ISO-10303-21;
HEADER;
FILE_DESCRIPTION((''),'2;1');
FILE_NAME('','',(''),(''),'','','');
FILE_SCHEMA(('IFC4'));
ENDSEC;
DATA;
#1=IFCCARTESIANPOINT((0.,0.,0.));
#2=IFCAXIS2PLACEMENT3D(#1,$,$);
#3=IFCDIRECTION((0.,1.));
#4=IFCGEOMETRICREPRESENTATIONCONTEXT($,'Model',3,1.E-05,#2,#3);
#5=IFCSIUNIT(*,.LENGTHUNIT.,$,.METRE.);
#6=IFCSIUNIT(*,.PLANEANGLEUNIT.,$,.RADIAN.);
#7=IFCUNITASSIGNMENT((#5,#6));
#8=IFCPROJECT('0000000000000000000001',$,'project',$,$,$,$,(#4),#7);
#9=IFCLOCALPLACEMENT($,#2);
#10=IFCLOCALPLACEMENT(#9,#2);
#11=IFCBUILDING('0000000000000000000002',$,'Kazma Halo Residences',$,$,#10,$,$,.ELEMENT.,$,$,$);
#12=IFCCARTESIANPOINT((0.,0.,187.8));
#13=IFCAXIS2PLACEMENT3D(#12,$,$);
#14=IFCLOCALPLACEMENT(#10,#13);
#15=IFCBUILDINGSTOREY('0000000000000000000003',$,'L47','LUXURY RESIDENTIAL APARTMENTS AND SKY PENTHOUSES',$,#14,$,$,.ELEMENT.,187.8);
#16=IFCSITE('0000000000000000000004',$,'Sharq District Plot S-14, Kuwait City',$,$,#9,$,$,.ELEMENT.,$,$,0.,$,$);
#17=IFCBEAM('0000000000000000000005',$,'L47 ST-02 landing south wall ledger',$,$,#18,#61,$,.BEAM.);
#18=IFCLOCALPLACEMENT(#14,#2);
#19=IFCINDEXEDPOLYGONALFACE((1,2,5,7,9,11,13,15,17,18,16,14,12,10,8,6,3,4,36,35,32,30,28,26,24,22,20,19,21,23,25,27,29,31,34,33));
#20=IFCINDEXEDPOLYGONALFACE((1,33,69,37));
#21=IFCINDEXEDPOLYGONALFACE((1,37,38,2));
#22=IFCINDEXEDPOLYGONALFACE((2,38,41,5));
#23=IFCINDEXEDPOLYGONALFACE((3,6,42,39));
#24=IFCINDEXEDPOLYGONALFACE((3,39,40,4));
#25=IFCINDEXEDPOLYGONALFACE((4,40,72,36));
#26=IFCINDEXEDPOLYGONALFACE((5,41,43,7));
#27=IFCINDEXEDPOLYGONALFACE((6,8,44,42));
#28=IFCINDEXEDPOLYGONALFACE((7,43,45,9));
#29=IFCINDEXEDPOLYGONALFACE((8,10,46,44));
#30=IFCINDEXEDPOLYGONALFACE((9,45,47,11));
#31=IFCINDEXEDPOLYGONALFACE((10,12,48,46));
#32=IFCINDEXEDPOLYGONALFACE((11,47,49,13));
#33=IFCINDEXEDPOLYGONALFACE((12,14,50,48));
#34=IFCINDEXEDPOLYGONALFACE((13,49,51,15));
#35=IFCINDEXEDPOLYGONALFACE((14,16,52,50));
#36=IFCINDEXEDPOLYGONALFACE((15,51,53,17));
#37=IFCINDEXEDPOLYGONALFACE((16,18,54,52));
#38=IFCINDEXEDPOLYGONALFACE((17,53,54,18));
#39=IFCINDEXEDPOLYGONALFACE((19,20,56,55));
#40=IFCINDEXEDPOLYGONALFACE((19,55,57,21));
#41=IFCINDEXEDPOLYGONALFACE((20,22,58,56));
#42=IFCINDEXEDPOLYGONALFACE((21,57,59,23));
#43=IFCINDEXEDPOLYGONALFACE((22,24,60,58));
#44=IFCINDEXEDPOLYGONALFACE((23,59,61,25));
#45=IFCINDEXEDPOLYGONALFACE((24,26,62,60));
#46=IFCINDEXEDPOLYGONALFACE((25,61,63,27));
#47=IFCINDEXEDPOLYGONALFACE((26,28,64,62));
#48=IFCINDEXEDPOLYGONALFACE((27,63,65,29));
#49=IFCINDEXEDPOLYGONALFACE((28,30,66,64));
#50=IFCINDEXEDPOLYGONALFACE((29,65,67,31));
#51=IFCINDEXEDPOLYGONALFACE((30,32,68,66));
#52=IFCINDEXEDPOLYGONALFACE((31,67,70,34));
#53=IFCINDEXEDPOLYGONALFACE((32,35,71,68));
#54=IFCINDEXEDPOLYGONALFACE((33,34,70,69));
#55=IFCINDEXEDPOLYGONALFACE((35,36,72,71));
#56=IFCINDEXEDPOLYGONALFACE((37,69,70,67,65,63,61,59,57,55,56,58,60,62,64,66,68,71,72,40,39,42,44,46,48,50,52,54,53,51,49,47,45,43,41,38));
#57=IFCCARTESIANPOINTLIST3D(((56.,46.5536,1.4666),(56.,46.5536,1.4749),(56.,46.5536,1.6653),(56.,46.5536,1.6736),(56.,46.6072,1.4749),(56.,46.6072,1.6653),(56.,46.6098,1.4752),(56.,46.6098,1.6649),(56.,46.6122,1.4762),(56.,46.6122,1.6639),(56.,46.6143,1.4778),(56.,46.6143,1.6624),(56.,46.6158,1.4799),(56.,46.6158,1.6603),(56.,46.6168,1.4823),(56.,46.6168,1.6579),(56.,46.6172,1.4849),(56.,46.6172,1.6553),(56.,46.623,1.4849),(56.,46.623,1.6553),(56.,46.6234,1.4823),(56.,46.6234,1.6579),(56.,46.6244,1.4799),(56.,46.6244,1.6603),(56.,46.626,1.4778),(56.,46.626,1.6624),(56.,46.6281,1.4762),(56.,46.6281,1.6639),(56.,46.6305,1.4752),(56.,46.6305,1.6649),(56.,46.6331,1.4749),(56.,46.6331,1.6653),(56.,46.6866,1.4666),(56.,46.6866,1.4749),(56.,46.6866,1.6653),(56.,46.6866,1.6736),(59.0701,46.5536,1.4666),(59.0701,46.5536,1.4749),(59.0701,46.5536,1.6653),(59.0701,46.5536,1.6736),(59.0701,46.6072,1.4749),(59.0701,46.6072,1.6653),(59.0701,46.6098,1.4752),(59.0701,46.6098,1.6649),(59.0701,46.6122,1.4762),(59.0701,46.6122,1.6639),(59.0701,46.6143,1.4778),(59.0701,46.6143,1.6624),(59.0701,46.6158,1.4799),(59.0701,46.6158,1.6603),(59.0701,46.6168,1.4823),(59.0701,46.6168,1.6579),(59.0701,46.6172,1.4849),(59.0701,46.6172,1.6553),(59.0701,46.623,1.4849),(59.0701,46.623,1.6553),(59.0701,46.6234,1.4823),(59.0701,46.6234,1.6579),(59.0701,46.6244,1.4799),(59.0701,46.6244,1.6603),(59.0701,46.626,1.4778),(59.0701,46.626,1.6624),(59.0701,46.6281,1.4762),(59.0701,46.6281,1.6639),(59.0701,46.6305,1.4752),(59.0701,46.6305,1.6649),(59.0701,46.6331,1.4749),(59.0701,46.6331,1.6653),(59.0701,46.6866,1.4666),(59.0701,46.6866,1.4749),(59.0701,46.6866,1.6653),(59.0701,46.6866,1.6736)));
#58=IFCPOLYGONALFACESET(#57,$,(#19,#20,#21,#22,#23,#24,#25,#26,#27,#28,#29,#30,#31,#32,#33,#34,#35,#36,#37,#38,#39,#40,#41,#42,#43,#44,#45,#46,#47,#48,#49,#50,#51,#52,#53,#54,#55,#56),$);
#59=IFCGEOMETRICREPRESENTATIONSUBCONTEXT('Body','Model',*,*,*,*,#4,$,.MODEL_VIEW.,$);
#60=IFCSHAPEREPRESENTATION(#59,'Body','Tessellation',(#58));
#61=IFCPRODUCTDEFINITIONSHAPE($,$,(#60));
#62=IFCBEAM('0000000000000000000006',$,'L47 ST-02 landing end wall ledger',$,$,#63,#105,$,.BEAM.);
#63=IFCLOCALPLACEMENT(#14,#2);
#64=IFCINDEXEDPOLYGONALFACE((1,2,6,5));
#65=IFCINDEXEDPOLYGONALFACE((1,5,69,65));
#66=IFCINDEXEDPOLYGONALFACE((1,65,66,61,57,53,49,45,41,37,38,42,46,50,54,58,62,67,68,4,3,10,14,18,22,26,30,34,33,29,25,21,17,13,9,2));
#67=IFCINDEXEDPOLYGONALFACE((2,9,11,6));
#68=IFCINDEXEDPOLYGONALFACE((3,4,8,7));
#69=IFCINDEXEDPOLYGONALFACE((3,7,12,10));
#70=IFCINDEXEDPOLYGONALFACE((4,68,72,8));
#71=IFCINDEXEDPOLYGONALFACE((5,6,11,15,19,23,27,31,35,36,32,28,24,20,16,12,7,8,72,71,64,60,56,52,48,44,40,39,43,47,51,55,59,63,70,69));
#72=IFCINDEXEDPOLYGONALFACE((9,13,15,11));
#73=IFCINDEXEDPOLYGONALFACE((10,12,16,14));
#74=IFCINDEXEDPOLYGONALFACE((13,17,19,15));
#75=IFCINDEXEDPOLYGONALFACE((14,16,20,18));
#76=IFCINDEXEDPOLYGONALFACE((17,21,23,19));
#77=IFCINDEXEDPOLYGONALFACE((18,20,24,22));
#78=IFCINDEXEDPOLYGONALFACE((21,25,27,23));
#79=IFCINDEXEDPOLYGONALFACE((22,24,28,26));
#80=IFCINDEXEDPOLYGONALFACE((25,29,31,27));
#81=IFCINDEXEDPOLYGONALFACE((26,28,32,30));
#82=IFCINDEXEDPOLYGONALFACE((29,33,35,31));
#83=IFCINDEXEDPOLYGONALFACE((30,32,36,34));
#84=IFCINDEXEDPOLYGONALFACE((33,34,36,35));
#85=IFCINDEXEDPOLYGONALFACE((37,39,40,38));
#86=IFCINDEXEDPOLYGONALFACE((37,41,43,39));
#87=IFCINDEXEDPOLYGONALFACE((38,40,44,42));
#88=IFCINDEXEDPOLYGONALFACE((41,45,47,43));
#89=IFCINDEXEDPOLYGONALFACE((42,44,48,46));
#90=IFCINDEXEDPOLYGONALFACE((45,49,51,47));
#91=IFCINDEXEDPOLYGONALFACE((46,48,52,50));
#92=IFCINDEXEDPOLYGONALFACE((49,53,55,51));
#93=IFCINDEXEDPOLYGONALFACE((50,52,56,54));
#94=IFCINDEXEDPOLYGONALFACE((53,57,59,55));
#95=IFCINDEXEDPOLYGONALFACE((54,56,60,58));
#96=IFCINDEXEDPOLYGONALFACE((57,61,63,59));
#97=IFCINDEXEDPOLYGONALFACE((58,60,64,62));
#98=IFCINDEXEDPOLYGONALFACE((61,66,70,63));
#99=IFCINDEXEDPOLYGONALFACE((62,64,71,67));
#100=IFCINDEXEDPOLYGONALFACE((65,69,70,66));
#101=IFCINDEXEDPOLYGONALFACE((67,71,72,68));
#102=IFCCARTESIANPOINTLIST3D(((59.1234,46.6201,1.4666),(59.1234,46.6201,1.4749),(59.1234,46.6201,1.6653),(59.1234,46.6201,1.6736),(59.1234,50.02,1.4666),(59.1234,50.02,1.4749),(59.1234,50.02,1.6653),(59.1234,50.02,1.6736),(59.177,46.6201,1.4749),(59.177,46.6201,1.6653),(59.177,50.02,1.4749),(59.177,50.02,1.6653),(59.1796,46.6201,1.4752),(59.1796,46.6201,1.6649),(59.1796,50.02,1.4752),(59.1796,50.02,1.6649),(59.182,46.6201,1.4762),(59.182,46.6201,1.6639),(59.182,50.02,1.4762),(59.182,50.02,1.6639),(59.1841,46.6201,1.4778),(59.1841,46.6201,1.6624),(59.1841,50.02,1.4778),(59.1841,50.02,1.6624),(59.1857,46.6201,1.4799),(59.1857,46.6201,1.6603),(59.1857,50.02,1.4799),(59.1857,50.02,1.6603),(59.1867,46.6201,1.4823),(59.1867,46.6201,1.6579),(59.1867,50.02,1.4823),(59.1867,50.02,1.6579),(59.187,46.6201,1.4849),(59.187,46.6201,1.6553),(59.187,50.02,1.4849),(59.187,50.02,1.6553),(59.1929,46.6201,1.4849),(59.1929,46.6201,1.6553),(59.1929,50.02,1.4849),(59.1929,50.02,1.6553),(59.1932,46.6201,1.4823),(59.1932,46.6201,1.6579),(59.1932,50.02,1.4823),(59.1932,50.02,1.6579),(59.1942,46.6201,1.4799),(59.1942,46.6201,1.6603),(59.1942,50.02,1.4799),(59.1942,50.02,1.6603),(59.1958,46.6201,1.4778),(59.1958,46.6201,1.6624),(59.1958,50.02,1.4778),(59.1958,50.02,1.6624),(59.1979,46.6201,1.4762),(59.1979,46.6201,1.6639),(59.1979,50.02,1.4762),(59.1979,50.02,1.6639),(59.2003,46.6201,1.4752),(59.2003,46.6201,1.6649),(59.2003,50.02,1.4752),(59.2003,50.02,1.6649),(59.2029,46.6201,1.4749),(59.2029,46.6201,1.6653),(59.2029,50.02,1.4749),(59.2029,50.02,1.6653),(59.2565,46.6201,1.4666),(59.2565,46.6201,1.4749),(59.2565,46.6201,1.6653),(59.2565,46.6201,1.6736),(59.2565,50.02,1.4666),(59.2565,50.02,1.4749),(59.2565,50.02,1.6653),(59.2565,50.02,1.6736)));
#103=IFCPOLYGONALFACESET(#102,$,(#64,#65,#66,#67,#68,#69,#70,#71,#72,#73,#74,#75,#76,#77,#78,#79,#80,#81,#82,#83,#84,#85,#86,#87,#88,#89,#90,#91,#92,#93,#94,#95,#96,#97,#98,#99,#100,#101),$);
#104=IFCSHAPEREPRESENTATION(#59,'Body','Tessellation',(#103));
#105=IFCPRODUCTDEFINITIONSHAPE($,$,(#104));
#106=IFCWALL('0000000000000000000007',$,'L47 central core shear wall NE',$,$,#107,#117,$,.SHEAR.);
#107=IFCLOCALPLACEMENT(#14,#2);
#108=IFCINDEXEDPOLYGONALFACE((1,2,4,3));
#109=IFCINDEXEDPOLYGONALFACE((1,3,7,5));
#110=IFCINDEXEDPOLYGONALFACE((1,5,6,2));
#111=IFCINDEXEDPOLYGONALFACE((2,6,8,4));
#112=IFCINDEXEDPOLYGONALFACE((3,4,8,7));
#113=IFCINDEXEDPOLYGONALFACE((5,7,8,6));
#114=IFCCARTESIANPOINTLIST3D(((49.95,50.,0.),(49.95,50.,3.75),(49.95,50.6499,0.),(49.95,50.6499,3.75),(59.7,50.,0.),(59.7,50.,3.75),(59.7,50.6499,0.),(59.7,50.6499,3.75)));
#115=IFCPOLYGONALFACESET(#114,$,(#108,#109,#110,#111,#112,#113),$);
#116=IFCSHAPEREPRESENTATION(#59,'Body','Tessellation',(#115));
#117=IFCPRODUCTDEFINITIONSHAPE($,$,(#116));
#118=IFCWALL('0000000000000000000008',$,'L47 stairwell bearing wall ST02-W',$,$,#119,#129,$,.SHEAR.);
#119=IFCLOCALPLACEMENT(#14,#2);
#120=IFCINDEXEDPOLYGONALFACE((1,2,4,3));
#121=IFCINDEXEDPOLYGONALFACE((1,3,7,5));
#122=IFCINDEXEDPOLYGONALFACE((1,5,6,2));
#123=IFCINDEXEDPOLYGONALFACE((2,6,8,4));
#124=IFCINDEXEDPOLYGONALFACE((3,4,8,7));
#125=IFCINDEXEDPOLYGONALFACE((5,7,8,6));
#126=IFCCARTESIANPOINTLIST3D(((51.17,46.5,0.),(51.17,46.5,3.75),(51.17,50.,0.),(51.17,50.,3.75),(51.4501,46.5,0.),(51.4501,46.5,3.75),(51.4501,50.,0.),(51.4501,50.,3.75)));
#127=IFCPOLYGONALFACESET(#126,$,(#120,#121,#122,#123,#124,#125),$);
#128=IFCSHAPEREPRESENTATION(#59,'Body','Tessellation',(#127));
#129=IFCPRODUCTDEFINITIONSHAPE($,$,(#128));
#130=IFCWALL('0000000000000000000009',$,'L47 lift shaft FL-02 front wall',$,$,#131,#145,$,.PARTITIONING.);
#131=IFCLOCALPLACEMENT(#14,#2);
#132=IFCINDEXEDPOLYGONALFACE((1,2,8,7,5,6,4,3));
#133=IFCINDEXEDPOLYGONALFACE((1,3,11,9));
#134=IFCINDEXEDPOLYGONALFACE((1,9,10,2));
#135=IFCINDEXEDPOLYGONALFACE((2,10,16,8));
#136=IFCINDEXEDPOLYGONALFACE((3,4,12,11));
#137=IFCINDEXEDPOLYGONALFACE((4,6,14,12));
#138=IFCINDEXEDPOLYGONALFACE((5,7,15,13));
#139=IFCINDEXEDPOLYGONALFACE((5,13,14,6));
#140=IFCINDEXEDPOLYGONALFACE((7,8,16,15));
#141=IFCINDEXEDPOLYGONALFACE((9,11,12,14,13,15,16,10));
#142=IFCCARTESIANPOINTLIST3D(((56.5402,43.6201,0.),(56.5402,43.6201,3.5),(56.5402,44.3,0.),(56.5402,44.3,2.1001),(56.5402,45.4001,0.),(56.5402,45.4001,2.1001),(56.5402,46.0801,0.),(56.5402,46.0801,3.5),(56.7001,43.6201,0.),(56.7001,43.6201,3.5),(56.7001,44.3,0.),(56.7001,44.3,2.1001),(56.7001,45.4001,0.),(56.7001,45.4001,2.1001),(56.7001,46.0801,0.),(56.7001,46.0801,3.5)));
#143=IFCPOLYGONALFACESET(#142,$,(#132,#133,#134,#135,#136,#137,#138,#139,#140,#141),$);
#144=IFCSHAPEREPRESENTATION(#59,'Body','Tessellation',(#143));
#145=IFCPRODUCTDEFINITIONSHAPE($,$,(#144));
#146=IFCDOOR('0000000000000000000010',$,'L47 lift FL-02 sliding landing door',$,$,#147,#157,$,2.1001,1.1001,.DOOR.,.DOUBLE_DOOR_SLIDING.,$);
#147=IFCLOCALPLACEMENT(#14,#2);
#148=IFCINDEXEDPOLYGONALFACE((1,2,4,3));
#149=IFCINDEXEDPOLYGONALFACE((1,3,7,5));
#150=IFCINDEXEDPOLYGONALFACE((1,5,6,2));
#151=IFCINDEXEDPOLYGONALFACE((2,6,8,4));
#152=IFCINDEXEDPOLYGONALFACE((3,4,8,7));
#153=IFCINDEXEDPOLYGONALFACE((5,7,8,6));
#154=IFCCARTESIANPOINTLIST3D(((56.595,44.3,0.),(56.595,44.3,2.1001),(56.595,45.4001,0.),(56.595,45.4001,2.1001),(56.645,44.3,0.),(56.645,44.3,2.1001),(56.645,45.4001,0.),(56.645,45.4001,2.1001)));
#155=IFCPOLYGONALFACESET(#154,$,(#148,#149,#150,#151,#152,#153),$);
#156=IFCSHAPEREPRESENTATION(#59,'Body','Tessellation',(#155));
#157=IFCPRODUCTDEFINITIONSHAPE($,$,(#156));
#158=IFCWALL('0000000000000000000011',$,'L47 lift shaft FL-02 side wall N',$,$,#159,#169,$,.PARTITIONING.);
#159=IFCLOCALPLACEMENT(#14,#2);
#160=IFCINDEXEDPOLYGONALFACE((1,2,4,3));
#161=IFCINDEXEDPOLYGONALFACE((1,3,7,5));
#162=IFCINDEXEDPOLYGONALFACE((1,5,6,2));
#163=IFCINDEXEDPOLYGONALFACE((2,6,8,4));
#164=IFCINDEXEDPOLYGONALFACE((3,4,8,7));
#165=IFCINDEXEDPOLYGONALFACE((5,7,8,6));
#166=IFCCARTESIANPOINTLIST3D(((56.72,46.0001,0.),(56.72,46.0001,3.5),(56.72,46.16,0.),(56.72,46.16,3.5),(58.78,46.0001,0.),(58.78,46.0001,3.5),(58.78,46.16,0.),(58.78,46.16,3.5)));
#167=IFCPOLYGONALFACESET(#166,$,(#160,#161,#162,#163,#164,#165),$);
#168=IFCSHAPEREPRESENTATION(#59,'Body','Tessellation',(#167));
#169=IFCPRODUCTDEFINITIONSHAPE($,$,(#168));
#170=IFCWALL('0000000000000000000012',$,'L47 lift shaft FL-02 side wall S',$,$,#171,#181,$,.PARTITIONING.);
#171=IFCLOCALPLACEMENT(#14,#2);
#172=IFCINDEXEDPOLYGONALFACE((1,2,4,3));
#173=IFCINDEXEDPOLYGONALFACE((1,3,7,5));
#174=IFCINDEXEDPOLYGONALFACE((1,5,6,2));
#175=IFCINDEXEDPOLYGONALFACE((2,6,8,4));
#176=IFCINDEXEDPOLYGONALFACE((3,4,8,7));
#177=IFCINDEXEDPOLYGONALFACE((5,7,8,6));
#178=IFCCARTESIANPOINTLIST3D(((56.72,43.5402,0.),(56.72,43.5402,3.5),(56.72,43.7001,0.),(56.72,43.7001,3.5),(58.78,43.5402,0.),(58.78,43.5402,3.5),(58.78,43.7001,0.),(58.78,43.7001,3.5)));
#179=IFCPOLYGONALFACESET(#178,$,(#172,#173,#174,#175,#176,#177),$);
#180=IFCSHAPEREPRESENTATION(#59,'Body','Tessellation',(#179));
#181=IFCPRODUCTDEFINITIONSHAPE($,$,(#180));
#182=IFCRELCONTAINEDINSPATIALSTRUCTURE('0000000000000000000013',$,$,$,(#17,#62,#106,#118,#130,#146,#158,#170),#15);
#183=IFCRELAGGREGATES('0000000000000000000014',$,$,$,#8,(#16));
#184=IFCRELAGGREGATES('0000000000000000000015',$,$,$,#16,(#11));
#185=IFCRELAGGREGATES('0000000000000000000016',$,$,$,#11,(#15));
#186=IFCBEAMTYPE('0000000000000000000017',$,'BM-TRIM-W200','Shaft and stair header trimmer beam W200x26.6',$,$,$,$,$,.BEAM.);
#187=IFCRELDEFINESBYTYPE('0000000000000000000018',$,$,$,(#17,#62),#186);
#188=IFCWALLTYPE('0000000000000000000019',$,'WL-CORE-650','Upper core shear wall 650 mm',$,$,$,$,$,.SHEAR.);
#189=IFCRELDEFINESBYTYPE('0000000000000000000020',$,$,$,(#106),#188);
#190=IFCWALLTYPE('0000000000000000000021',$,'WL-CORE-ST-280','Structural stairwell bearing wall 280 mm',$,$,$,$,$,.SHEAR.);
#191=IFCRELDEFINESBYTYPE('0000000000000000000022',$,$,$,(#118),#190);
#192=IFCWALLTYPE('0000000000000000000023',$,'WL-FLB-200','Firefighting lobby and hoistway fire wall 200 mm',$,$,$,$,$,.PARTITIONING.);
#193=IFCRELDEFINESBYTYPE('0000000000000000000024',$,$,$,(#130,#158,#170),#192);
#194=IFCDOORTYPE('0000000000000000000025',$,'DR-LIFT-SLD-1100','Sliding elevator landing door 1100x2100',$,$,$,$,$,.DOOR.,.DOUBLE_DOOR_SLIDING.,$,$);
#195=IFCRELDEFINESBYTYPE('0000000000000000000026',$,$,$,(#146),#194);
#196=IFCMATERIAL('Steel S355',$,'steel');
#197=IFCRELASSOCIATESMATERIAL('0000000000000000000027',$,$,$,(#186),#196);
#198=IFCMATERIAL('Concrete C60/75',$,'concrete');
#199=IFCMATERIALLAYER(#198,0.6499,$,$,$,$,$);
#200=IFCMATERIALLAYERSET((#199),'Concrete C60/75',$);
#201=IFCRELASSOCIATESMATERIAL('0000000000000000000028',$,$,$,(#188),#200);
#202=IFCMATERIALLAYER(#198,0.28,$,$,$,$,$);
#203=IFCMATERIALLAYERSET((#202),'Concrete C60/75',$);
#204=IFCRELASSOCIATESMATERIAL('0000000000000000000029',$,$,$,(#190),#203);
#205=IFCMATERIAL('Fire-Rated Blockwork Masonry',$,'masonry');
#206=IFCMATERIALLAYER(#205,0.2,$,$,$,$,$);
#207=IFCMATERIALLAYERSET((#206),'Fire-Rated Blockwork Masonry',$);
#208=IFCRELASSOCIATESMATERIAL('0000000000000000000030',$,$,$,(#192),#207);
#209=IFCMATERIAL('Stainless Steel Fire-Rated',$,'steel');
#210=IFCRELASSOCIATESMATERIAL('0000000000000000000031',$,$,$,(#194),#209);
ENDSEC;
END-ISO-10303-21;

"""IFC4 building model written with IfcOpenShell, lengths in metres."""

from ifc_helpers import new_model, si_unit, direction, frame, frame_2d, origin, origin_2d, place, context, subcontext, project, spatial, rectangle, i_section, extrude, material, layer, layer_set, material_profile, profile_set, type_object, element, fill, save


model = new_model("IFC4")

# Units and contexts
model_context = context("Model", 3, precision=1e-05, world=origin(), true_north=direction((0.0, 1.0)))
body_context = subcontext(model_context, "Body", "Model", "MODEL_VIEW")
ifc_project = project(units=[si_unit("LENGTHUNIT", "METRE"), si_unit("PLANEANGLEUNIT", "RADIAN")], contexts=[model_context])

# Site, building, storey
site_placement = place(None, origin())
site = spatial("IfcSite", under=ifc_project, at=site_placement, Name="Sharq District Plot S-14, Kuwait City", CompositionType="ELEMENT", RefElevation=0.0)
building_placement = place(site_placement, origin())
building = spatial("IfcBuilding", under=site, at=building_placement, Name="Kazma Halo Residences", CompositionType="ELEMENT")
storey_placement = place(building_placement, frame((0.0, 0.0, 187.8)))
storey = spatial("IfcBuildingStorey", under=building, at=storey_placement, Name="L47", Description="LUXURY RESIDENTIAL APARTMENTS AND SKY PENTHOUSES", CompositionType="ELEMENT", Elevation=187.8)

# Shared definitions
ifc_material_1 = material(Name="Steel S355", Category="steel")

# Beams
ifc_material_profile_1 = material_profile(ifc_material_1, i_section(OverallWidth=0.1331, OverallDepth=0.207, WebThickness=0.0059, FlangeThickness=0.0083, FilletRadius=0.01, at=origin_2d()), Name="W200x26.6")
ifc_profile_set_1 = profile_set([ifc_material_profile_1], Name="Steel S355")
beam_type_1 = type_object("IfcBeamType", Name="BM-TRIM-W200", Description="Shaft and stair header trimmer beam W200x26.6", PredefinedType="BEAM", material=ifc_profile_set_1)
beam_1_placement = place(storey_placement, frame((56.0, 46.6201, 1.5701), z_axis=(1.0, 0.0, 0.0), x_axis=(0.0, 1.0, 0.0)))
element("IfcBeam", 1, at=beam_1_placement, inside=storey, type_object=beam_type_1, Name="L47 ST-02 landing south wall ledger", PredefinedType="BEAM", context=body_context, shape_type="SweptSolid", body=[
    extrude(i_section(OverallWidth=0.1331, OverallDepth=0.207, WebThickness=0.0059, FlangeThickness=0.0083, FilletRadius=0.01, at=origin_2d()), origin(), (0.0, 0.0, 1.0), 3.0701),
])
beam_2_placement = place(storey_placement, frame((59.1899, 46.6201, 1.5701), z_axis=(0.0, 1.0, 0.0), x_axis=(-1.0, 0.0, 0.0)))
element("IfcBeam", 2, at=beam_2_placement, inside=storey, type_object=beam_type_1, Name="L47 ST-02 landing end wall ledger", PredefinedType="BEAM", context=body_context, shape_type="SweptSolid", body=[
    extrude(i_section(OverallWidth=0.1331, OverallDepth=0.207, WebThickness=0.0059, FlangeThickness=0.0083, FilletRadius=0.01, at=origin_2d()), origin(), (0.0, 0.0, 1.0), 3.3999),
])

# Walls
ifc_material_2 = material(Name="Concrete C60/75", Category="concrete")
ifc_layer_1 = layer(ifc_material_2, 0.6499)
ifc_layer_set_1 = layer_set([ifc_layer_1], Name="Concrete C60/75")
wall_type_1 = type_object("IfcWallType", Name="WL-CORE-650", Description="Upper core shear wall 650 mm", PredefinedType="SHEAR", material=ifc_layer_set_1)
wall_1_placement = place(storey_placement, frame((49.95, 50.325, 0.0), z_axis=(0.0, 0.0, 1.0), x_axis=(1.0, 0.0, 0.0)))
element("IfcWall", 3, at=wall_1_placement, inside=storey, type_object=wall_type_1, Name="L47 central core shear wall NE", PredefinedType="SHEAR", context=body_context, shape_type="SweptSolid", body=[
    extrude(rectangle(XDim=9.75, YDim=0.6499, at=frame_2d((4.875, 0.0))), origin(), (0.0, 0.0, 1.0), 3.75),
])
ifc_layer_2 = layer(ifc_material_2, 0.28)
ifc_layer_set_2 = layer_set([ifc_layer_2], Name="Concrete C60/75")
wall_type_2 = type_object("IfcWallType", Name="WL-CORE-ST-280", Description="Structural stairwell bearing wall 280 mm", PredefinedType="SHEAR", material=ifc_layer_set_2)
wall_2_placement = place(storey_placement, frame((51.3101, 46.5, 0.0), z_axis=(0.0, 0.0, 1.0), x_axis=(0.0, 1.0, 0.0)))
element("IfcWall", 4, at=wall_2_placement, inside=storey, type_object=wall_type_2, Name="L47 stairwell bearing wall ST02-W", PredefinedType="SHEAR", context=body_context, shape_type="SweptSolid", body=[
    extrude(rectangle(XDim=3.5, YDim=0.28, at=frame_2d((1.75, 0.0))), origin(), (0.0, 0.0, 1.0), 3.75),
])

# Wall, opening, door
ifc_material_3 = material(Name="Fire-Rated Blockwork Masonry", Category="masonry")
ifc_layer_3 = layer(ifc_material_3, 0.2)
ifc_layer_set_3 = layer_set([ifc_layer_3], Name="Fire-Rated Blockwork Masonry")
wall_type_3 = type_object("IfcWallType", Name="WL-FLB-200", Description="Firefighting lobby and hoistway fire wall 200 mm", PredefinedType="PARTITIONING", material=ifc_layer_set_3)
wall_3_placement = place(storey_placement, frame((56.6201, 46.0801, 0.0), z_axis=(0.0, 0.0, 1.0), x_axis=(0.0, -1.0, 0.0)))
wall_3 = element("IfcWall", 5, at=wall_3_placement, inside=storey, type_object=wall_type_3, Name="L47 lift shaft FL-02 front wall", PredefinedType="PARTITIONING", context=body_context, shape_type="SweptSolid", body=[
    extrude(rectangle(XDim=2.46, YDim=0.1599, at=frame_2d((1.23, 0.0))), origin(), (0.0, 0.0, 1.0), 3.5),
])
opening_1_placement = place(wall_3_placement, frame((0.6799, 0.0, 0.0)))
opening_1 = element("IfcOpeningElement", 6, at=opening_1_placement, cuts=wall_3, PredefinedType="OPENING", context=body_context, shape_type="SweptSolid", body=[
    extrude(rectangle(XDim=1.1001, YDim=2.1001, at=frame_2d((0.55, 1.05))), frame((0.0, 0.0898, 0.0), z_axis=(0.0, -1.0, 0.0), x_axis=(1.0, 0.0, 0.0)), (0.0, 0.0, 1.0), 0.1799),
])
ifc_material_4 = material(Name="Stainless Steel Fire-Rated", Category="steel")
door_type_1 = type_object("IfcDoorType", Name="DR-LIFT-SLD-1100", Description="Sliding elevator landing door 1100x2100", OperationType="DOUBLE_DOOR_SLIDING", PredefinedType="DOOR", material=ifc_material_4)
door_1_placement = place(opening_1_placement, origin())
door_1 = element("IfcDoor", 7, at=door_1_placement, inside=storey, type_object=door_type_1, Name="L47 lift FL-02 sliding landing door", OperationType="DOUBLE_DOOR_SLIDING", OverallHeight=2.1001, OverallWidth=1.1001, PredefinedType="DOOR", context=body_context, shape_type="SweptSolid", body=[
    extrude(rectangle(XDim=1.1001, YDim=2.1001, at=frame_2d((0.55, 1.05))), frame((0.0, 0.0249, 0.0), z_axis=(0.0, -1.0, 0.0), x_axis=(1.0, 0.0, 0.0)), (0.0, 0.0, 1.0), 0.05),
])
fill(opening_1, door_1)

# Walls
for number, where, z_axis, x_axis, name in (
    (8, (56.72, 46.0801, 0.0), (0.0, 0.0, 1.0), (1.0, 0.0, 0.0), "L47 lift shaft FL-02 side wall N"),
    (9, (56.72, 43.6201, 0.0), (0.0, 0.0, 1.0), (1.0, 0.0, 0.0), "L47 lift shaft FL-02 side wall S"),
):
    element("IfcWall", number, at=place(storey_placement, frame(where, z_axis=z_axis, x_axis=x_axis)), inside=storey, type_object=wall_type_3, Name=name, PredefinedType="PARTITIONING", context=body_context, shape_type="SweptSolid", body=[
        extrude(rectangle(XDim=2.0601, YDim=0.1599, at=frame_2d((1.03, 0.0))), origin(), (0.0, 0.0, 1.0), 3.5),
    ])

save(model, "model.ifc")
